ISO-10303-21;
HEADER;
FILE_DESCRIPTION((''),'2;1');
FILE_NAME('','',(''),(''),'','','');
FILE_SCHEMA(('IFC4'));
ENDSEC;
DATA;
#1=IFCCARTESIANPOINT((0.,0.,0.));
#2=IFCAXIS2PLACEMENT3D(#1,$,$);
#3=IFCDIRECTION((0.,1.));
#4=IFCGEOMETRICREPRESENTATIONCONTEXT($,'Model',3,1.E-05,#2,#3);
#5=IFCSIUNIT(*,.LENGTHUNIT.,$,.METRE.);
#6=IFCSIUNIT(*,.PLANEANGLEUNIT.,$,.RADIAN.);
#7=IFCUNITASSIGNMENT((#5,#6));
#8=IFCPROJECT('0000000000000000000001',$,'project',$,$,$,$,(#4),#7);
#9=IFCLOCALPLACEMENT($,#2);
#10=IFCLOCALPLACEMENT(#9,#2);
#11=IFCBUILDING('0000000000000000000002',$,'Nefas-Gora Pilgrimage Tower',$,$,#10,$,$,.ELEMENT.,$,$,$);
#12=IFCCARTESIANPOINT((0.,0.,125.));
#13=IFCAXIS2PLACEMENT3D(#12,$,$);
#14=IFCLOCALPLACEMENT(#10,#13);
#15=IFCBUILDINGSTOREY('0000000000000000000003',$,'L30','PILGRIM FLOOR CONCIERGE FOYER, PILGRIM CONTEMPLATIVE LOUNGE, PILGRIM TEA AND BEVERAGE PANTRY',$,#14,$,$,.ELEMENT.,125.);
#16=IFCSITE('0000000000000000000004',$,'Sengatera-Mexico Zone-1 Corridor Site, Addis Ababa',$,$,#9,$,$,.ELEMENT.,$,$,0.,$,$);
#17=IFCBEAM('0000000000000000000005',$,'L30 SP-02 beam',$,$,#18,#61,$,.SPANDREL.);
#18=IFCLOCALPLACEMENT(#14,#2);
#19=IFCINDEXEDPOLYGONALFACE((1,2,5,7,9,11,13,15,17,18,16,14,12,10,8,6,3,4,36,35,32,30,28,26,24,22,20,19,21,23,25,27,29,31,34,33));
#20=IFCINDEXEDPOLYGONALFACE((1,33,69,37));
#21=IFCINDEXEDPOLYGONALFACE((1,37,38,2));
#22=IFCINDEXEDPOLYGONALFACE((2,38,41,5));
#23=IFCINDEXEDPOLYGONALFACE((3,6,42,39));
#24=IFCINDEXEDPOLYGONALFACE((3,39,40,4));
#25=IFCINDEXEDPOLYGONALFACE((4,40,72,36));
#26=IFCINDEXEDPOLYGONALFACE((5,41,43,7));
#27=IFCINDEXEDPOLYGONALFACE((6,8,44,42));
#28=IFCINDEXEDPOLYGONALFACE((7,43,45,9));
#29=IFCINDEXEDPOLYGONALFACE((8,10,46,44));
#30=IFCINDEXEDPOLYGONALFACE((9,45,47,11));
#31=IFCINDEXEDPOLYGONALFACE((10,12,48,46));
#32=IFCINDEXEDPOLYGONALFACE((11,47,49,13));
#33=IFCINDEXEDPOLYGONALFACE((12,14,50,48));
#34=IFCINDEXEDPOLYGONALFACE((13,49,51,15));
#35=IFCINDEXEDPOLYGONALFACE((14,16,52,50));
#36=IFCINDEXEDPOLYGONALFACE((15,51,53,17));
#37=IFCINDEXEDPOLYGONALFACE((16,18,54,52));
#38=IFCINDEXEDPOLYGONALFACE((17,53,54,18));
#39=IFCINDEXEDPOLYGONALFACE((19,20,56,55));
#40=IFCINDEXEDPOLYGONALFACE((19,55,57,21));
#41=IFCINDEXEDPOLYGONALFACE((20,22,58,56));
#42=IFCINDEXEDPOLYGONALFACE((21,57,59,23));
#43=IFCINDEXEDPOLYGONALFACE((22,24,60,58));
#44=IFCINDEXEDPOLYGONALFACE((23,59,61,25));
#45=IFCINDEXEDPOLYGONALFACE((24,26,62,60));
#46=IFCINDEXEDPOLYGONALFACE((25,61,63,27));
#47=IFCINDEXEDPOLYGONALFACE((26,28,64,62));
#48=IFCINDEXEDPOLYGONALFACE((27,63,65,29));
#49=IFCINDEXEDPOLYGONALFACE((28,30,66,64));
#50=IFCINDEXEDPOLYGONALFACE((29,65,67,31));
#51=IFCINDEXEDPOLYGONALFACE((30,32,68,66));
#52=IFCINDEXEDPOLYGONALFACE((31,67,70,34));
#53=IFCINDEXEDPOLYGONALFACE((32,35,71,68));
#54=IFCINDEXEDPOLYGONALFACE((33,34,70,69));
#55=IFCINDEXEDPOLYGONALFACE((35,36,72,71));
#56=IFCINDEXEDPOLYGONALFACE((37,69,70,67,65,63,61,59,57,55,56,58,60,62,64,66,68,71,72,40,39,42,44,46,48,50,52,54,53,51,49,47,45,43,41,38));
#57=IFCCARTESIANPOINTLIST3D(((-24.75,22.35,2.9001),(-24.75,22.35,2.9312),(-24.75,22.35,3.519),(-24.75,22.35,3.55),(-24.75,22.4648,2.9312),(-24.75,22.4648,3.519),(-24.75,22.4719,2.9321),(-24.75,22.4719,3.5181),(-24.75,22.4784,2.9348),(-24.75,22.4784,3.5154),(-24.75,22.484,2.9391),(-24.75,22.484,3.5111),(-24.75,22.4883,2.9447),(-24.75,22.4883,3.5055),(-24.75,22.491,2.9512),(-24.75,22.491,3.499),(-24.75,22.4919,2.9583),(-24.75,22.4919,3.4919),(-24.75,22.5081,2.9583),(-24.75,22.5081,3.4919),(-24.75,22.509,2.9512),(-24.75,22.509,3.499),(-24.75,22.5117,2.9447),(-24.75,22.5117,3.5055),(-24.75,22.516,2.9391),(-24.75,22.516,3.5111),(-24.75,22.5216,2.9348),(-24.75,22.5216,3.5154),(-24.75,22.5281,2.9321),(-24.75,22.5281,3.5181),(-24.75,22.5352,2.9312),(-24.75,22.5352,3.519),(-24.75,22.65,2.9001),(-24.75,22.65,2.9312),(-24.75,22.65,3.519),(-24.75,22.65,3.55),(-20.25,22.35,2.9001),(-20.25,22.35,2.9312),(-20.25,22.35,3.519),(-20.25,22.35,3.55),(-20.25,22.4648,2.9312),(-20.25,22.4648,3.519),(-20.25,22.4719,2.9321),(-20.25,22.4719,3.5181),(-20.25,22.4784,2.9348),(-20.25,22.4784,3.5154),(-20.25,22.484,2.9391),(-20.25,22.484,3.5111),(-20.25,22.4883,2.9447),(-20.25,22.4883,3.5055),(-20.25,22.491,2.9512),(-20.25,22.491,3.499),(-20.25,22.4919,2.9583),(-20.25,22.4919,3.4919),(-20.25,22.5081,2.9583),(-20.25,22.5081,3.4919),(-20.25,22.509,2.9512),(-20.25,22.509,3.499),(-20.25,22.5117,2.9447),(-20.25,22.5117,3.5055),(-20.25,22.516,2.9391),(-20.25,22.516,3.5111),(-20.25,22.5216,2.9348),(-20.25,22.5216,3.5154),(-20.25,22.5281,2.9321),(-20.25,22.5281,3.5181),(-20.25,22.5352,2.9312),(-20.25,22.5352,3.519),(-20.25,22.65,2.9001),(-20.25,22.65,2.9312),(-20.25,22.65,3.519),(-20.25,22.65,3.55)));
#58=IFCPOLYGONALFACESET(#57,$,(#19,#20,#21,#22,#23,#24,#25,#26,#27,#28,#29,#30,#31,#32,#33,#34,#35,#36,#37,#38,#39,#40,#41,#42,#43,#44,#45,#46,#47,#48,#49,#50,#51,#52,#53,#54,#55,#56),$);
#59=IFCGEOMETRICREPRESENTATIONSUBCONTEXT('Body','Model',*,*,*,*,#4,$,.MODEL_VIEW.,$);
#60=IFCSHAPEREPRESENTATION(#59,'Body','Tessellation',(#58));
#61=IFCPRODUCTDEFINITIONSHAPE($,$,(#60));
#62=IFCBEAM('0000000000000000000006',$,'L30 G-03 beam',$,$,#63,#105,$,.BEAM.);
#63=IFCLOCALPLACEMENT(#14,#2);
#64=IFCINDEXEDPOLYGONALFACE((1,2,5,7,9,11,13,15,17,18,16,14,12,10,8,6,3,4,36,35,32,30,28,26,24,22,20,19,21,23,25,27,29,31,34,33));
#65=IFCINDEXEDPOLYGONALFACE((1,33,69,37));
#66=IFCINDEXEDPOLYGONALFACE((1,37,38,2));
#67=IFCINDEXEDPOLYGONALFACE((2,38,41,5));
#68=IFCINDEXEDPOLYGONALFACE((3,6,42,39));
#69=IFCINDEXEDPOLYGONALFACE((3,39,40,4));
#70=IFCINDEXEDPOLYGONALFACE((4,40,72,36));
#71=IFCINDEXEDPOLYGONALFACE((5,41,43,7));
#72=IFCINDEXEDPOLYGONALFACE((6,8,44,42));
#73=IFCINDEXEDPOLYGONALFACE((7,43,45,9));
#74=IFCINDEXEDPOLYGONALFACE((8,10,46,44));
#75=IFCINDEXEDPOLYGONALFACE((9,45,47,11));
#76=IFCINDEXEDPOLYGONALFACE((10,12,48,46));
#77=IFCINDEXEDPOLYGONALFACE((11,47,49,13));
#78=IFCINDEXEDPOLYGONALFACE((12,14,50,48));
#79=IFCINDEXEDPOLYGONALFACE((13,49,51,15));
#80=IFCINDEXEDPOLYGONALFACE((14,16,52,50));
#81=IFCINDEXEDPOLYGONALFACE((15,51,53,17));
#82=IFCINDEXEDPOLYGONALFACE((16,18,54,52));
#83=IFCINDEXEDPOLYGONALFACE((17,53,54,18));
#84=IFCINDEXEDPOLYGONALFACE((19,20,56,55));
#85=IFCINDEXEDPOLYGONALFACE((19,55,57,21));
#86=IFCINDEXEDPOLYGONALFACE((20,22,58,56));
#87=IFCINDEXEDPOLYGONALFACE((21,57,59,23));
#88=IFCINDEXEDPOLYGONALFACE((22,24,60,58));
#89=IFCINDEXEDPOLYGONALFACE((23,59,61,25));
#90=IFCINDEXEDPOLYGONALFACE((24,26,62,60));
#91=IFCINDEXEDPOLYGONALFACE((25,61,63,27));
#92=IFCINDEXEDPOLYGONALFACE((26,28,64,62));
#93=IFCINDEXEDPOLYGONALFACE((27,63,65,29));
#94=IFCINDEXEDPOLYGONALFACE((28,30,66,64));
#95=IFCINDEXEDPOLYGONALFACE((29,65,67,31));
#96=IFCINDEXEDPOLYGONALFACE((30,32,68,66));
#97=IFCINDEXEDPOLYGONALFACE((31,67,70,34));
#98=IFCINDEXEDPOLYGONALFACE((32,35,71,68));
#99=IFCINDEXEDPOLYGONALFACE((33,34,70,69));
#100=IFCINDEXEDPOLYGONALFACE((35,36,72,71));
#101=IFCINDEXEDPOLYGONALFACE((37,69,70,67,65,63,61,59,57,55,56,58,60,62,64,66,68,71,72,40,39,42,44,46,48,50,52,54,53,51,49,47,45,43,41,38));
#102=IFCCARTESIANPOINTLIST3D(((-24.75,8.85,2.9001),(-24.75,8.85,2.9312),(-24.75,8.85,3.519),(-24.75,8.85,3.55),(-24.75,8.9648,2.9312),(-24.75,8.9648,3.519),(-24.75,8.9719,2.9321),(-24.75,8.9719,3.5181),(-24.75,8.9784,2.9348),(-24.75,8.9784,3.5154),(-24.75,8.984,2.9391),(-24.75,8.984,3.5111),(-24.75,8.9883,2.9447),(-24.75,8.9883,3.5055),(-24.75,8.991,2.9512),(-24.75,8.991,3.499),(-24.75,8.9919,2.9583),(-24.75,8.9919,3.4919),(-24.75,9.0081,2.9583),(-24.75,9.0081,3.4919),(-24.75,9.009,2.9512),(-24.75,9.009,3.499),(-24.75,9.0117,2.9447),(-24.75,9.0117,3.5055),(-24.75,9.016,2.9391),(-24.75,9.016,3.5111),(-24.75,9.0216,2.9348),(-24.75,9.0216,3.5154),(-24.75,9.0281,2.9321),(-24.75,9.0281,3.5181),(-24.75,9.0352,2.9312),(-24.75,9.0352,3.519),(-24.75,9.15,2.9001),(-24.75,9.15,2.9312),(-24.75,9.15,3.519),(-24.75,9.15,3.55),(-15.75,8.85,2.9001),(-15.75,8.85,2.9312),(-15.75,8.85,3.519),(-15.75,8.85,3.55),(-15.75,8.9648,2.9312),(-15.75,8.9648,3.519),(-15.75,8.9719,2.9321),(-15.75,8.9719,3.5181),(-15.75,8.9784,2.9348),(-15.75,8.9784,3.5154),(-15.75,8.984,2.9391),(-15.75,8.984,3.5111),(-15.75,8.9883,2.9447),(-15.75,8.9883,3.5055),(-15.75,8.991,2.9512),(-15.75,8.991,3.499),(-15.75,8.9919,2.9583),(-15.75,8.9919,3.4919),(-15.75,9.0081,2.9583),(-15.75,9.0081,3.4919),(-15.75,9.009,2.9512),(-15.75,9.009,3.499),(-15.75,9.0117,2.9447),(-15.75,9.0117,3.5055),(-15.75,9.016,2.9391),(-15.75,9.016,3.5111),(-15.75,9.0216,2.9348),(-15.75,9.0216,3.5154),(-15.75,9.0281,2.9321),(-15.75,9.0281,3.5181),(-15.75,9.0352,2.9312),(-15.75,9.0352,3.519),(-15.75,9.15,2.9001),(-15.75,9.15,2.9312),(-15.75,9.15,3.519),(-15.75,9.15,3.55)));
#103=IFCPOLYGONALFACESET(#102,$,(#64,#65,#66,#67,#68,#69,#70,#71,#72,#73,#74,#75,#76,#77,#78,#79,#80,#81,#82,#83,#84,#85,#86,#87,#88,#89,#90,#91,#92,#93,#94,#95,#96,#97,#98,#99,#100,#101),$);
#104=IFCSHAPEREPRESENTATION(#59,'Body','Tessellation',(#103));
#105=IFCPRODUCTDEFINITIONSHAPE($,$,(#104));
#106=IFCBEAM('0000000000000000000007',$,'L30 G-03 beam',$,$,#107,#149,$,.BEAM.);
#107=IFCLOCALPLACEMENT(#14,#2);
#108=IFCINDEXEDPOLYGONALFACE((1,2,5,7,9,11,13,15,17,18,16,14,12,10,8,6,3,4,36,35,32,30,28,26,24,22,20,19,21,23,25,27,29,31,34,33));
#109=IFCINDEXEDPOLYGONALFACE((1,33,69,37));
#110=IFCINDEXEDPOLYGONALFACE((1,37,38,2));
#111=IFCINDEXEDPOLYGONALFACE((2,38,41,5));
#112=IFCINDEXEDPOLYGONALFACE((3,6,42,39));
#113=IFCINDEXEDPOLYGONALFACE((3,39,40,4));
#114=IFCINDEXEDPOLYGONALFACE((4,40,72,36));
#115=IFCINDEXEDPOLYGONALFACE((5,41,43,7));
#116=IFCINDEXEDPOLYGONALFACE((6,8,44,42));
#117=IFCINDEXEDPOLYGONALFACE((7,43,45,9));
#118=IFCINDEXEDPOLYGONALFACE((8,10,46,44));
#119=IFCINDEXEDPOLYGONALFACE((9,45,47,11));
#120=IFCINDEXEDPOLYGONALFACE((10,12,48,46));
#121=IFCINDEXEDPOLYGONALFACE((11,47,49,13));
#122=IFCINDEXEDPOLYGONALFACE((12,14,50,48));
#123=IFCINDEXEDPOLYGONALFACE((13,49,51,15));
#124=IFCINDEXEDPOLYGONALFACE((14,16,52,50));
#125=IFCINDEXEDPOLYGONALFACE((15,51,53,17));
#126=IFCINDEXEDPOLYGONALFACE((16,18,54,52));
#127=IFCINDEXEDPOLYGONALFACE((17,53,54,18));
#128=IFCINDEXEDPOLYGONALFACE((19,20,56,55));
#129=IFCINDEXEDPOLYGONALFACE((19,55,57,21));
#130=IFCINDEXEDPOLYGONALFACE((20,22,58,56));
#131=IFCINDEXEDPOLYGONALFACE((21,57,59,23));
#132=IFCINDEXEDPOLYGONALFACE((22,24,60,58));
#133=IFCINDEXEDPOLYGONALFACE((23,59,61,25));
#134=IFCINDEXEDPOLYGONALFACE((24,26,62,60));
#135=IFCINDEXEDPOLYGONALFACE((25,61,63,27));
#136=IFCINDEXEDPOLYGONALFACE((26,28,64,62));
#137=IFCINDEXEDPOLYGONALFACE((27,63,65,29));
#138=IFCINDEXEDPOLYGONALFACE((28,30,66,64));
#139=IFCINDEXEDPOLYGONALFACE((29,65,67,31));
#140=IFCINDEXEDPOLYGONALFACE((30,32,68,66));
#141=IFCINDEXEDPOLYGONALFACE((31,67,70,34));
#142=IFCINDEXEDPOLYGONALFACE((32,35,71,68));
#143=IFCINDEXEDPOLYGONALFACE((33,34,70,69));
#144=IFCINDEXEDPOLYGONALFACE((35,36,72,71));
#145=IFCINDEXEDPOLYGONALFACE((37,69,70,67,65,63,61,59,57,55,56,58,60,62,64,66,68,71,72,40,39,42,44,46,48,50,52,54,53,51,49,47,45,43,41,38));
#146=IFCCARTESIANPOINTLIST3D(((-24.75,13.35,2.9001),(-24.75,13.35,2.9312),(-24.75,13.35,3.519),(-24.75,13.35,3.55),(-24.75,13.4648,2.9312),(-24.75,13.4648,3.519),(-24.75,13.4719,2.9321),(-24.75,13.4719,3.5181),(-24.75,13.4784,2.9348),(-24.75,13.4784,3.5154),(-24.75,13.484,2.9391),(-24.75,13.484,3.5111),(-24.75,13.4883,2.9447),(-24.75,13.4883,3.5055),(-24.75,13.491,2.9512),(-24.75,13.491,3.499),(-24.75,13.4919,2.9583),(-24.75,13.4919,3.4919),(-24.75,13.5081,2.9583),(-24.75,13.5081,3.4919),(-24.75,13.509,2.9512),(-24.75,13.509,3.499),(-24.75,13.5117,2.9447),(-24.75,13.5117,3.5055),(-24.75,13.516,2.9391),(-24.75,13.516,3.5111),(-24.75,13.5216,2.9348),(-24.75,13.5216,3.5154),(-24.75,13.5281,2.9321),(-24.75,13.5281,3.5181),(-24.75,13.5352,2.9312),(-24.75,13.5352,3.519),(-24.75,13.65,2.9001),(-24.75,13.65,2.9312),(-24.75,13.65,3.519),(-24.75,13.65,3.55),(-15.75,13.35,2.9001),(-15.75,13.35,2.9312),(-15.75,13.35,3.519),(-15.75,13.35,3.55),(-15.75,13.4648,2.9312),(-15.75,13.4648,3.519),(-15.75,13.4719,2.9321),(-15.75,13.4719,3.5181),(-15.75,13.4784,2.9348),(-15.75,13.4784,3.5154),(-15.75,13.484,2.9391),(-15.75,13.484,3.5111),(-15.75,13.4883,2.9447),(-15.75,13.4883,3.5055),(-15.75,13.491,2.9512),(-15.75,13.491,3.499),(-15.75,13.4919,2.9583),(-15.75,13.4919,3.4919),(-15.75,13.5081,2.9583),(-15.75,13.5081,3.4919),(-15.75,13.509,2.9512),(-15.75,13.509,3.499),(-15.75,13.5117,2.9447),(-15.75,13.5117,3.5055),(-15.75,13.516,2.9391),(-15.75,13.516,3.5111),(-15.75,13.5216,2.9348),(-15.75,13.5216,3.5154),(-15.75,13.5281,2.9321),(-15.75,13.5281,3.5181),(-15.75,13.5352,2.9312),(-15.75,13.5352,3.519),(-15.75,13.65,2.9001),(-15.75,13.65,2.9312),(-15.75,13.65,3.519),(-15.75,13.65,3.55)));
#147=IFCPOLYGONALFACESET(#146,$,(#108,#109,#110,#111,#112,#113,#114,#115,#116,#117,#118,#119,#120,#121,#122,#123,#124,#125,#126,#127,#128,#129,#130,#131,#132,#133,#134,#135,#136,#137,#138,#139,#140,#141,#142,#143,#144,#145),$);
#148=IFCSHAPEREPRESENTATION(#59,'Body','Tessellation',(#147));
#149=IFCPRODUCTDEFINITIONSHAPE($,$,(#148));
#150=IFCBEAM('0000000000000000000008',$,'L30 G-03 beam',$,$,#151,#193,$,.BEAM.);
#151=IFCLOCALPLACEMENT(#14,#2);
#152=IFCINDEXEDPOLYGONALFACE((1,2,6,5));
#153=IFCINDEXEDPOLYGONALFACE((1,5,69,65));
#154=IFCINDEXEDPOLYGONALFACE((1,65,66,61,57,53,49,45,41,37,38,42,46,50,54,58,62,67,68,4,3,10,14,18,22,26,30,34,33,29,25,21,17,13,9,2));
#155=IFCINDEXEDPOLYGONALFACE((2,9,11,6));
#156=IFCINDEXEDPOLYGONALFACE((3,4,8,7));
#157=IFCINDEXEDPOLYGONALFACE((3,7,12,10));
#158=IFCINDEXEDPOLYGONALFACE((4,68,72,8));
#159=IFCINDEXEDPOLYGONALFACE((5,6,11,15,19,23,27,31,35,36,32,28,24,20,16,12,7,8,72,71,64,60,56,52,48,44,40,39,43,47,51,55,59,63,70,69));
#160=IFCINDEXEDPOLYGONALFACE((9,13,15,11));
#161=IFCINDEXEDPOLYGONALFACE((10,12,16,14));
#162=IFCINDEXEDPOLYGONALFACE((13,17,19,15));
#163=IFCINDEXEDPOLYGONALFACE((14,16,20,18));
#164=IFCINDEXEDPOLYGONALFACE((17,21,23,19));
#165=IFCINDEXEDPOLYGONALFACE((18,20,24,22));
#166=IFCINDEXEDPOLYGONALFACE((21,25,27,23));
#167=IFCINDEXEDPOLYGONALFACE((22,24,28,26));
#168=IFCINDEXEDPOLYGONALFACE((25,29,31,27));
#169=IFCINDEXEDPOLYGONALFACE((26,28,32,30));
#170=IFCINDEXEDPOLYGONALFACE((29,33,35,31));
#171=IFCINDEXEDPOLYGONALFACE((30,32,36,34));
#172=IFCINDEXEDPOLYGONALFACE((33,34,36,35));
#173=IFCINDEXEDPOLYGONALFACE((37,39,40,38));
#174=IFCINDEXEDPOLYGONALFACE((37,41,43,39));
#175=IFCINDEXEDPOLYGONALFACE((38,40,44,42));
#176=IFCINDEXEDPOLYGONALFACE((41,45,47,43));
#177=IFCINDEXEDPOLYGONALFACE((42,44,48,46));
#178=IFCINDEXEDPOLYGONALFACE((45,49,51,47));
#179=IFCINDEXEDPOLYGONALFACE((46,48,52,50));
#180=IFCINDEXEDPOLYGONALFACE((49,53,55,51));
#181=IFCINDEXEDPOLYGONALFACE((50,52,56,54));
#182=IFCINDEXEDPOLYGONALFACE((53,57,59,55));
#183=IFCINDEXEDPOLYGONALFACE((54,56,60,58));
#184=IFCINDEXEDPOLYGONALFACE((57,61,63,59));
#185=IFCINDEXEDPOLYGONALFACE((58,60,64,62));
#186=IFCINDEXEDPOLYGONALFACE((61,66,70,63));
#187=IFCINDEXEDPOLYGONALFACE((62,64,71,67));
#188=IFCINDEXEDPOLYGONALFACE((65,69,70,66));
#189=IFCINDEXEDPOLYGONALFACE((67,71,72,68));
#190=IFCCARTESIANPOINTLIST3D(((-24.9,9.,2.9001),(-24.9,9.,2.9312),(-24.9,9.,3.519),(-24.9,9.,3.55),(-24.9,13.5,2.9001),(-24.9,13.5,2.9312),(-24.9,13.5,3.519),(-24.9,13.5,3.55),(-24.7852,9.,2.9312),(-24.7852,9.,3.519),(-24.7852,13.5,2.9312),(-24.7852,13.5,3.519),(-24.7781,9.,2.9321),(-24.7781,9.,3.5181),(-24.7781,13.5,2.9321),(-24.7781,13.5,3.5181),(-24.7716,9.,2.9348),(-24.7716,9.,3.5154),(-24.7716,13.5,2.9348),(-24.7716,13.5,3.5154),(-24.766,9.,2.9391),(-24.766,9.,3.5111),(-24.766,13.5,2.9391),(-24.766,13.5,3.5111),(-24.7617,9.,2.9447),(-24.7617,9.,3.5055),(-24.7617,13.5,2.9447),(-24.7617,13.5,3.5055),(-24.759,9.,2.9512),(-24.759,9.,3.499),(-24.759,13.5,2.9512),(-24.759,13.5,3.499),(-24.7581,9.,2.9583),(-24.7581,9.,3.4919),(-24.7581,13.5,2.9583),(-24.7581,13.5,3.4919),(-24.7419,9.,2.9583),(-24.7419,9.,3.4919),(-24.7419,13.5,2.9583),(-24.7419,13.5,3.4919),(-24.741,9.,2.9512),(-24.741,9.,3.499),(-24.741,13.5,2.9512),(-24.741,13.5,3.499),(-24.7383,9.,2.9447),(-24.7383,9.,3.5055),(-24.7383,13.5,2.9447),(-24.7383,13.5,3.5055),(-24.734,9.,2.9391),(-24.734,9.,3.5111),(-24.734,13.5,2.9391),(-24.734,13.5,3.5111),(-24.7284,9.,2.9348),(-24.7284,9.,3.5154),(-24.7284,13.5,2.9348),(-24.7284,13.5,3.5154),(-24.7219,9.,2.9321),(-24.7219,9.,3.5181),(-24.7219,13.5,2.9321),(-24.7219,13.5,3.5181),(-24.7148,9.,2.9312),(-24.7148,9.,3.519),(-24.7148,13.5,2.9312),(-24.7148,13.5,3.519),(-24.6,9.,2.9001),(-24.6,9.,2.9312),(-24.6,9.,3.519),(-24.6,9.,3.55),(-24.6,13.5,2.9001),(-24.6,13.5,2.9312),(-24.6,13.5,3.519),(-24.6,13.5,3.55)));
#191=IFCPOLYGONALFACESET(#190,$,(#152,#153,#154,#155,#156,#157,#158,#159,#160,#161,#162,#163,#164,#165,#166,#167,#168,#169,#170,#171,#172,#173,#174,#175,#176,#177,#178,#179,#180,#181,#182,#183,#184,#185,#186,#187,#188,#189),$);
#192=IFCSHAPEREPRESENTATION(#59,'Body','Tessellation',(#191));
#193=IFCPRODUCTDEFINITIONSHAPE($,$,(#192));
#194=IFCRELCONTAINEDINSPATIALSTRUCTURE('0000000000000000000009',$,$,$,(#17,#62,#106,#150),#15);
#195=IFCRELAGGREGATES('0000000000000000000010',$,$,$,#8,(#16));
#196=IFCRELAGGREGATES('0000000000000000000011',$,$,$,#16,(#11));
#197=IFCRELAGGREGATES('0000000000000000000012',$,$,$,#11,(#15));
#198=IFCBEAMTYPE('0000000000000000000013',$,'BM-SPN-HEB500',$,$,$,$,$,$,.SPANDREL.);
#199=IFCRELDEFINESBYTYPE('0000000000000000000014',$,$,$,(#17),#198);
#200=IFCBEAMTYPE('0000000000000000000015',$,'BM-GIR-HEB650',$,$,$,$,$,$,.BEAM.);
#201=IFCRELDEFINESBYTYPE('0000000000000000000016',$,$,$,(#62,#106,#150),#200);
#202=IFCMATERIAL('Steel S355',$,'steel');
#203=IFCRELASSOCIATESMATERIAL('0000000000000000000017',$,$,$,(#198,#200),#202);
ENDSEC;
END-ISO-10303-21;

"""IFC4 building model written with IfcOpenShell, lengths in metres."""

from ifc_helpers import new_model, si_unit, direction, frame, origin, origin_2d, place, context, subcontext, project, spatial, i_section, extrude, source, transform, mapped, material, material_profile, profile_set, type_object, element, save


model = new_model("IFC4")

# Units and contexts
model_context = context("Model", 3, precision=1e-05, world=origin(), true_north=direction((0.0, 1.0)))
body_context = subcontext(model_context, "Body", "Model", "MODEL_VIEW")
ifc_project = project(units=[si_unit("LENGTHUNIT", "METRE"), si_unit("PLANEANGLEUNIT", "RADIAN")], contexts=[model_context])

# Site, building, storey
site_placement = place(None, origin())
site = spatial("IfcSite", under=ifc_project, at=site_placement, Name="Sengatera-Mexico Zone-1 Corridor Site, Addis Ababa", CompositionType="ELEMENT", RefElevation=0.0)
building_placement = place(site_placement, origin())
building = spatial("IfcBuilding", under=site, at=building_placement, Name="Nefas-Gora Pilgrimage Tower", CompositionType="ELEMENT")
storey_placement = place(building_placement, frame((0.0, 0.0, 125.0)))
storey = spatial("IfcBuildingStorey", under=building, at=storey_placement, Name="L30", Description="PILGRIM FLOOR CONCIERGE FOYER, PILGRIM CONTEMPLATIVE LOUNGE, PILGRIM TEA AND BEVERAGE PANTRY", CompositionType="ELEMENT", Elevation=125.0)

# Beams
ifc_material_1 = material(Name="Steel S355", Category="steel")
ifc_material_profile_1 = material_profile(ifc_material_1, i_section(OverallWidth=0.3, OverallDepth=0.6499, WebThickness=0.0161, FlangeThickness=0.031, FilletRadius=0.0271, at=origin_2d()), Name="HEB 650")
ifc_profile_set_1 = profile_set([ifc_material_profile_1], Name="Steel S355")
beam_type_1 = type_object("IfcBeamType", Name="BM-SPN-HEB500", PredefinedType="SPANDREL", material=ifc_profile_set_1)
shared_shape_1 = source(origin(), body_context, "Body", "SweptSolid", [
    extrude(i_section(OverallWidth=0.3, OverallDepth=0.6499, WebThickness=0.0161, FlangeThickness=0.031, FilletRadius=0.0271, at=origin_2d()), origin(), (0.0, 0.0, 1.0), 4.5),
])
beam_placement = place(storey_placement, frame((-24.75, 22.5, 3.2251), z_axis=(1.0, 0.0, 0.0), x_axis=(0.0, 1.0, 0.0)))
element("IfcBeam", 1, at=beam_placement, inside=storey, type_object=beam_type_1, Name="L30 SP-02 beam", PredefinedType="SPANDREL", context=body_context, shape_type="MappedRepresentation", body=[
    mapped(shared_shape_1, transform((0.0, 0.0, 0.0), x_axis=(1.0, 0.0, 0.0), y_axis=(0.0, 1.0, 0.0), z_axis=(0.0, 0.0, 1.0), scale=1.0)),
])
ifc_material_profile_2 = material_profile(ifc_material_1, i_section(OverallWidth=0.3, OverallDepth=0.6499, WebThickness=0.0161, FlangeThickness=0.031, FilletRadius=0.0271, at=origin_2d()), Name="HEB 650")
ifc_profile_set_2 = profile_set([ifc_material_profile_2], Name="Steel S355")
beam_type_2 = type_object("IfcBeamType", Name="BM-GIR-HEB650", PredefinedType="BEAM", material=ifc_profile_set_2)
shared_shape_2 = source(origin(), body_context, "Body", "SweptSolid", [
    extrude(i_section(OverallWidth=0.3, OverallDepth=0.6499, WebThickness=0.0161, FlangeThickness=0.031, FilletRadius=0.0271, at=origin_2d()), origin(), (0.0, 0.0, 1.0), 9.0),
])
for number, where, z_axis, x_axis, name in (
    (2, (-24.75, 9.0, 3.2251), (1.0, 0.0, 0.0), (0.0, 1.0, 0.0), "L30 G-03 beam"),
    (3, (-24.75, 13.5, 3.2251), (1.0, 0.0, 0.0), (0.0, 1.0, 0.0), "L30 G-03 beam"),
):
    element("IfcBeam", number, at=place(storey_placement, frame(where, z_axis=z_axis, x_axis=x_axis)), inside=storey, type_object=beam_type_2, Name=name, PredefinedType="BEAM", context=body_context, shape_type="MappedRepresentation", body=[
        mapped(shared_shape_2, transform((0.0, 0.0, 0.0), x_axis=(1.0, 0.0, 0.0), y_axis=(0.0, 1.0, 0.0), z_axis=(0.0, 0.0, 1.0), scale=1.0)),
    ])
shared_shape_3 = source(origin(), body_context, "Body", "SweptSolid", [
    extrude(i_section(OverallWidth=0.3, OverallDepth=0.6499, WebThickness=0.0161, FlangeThickness=0.031, FilletRadius=0.0271, at=origin_2d()), origin(), (0.0, 0.0, 1.0), 4.5),
])
for number, where, z_axis, x_axis, name in (
    (4, (-24.75, 9.0, 3.2251), (0.0, 1.0, 0.0), (-1.0, 0.0, 0.0), "L30 G-03 beam"),
):
    element("IfcBeam", number, at=place(storey_placement, frame(where, z_axis=z_axis, x_axis=x_axis)), inside=storey, type_object=beam_type_2, Name=name, PredefinedType="BEAM", context=body_context, shape_type="MappedRepresentation", body=[
        mapped(shared_shape_3, transform((0.0, 0.0, 0.0), x_axis=(1.0, 0.0, 0.0), y_axis=(0.0, 1.0, 0.0), z_axis=(0.0, 0.0, 1.0), scale=1.0)),
    ])

save(model, "model.ifc")
